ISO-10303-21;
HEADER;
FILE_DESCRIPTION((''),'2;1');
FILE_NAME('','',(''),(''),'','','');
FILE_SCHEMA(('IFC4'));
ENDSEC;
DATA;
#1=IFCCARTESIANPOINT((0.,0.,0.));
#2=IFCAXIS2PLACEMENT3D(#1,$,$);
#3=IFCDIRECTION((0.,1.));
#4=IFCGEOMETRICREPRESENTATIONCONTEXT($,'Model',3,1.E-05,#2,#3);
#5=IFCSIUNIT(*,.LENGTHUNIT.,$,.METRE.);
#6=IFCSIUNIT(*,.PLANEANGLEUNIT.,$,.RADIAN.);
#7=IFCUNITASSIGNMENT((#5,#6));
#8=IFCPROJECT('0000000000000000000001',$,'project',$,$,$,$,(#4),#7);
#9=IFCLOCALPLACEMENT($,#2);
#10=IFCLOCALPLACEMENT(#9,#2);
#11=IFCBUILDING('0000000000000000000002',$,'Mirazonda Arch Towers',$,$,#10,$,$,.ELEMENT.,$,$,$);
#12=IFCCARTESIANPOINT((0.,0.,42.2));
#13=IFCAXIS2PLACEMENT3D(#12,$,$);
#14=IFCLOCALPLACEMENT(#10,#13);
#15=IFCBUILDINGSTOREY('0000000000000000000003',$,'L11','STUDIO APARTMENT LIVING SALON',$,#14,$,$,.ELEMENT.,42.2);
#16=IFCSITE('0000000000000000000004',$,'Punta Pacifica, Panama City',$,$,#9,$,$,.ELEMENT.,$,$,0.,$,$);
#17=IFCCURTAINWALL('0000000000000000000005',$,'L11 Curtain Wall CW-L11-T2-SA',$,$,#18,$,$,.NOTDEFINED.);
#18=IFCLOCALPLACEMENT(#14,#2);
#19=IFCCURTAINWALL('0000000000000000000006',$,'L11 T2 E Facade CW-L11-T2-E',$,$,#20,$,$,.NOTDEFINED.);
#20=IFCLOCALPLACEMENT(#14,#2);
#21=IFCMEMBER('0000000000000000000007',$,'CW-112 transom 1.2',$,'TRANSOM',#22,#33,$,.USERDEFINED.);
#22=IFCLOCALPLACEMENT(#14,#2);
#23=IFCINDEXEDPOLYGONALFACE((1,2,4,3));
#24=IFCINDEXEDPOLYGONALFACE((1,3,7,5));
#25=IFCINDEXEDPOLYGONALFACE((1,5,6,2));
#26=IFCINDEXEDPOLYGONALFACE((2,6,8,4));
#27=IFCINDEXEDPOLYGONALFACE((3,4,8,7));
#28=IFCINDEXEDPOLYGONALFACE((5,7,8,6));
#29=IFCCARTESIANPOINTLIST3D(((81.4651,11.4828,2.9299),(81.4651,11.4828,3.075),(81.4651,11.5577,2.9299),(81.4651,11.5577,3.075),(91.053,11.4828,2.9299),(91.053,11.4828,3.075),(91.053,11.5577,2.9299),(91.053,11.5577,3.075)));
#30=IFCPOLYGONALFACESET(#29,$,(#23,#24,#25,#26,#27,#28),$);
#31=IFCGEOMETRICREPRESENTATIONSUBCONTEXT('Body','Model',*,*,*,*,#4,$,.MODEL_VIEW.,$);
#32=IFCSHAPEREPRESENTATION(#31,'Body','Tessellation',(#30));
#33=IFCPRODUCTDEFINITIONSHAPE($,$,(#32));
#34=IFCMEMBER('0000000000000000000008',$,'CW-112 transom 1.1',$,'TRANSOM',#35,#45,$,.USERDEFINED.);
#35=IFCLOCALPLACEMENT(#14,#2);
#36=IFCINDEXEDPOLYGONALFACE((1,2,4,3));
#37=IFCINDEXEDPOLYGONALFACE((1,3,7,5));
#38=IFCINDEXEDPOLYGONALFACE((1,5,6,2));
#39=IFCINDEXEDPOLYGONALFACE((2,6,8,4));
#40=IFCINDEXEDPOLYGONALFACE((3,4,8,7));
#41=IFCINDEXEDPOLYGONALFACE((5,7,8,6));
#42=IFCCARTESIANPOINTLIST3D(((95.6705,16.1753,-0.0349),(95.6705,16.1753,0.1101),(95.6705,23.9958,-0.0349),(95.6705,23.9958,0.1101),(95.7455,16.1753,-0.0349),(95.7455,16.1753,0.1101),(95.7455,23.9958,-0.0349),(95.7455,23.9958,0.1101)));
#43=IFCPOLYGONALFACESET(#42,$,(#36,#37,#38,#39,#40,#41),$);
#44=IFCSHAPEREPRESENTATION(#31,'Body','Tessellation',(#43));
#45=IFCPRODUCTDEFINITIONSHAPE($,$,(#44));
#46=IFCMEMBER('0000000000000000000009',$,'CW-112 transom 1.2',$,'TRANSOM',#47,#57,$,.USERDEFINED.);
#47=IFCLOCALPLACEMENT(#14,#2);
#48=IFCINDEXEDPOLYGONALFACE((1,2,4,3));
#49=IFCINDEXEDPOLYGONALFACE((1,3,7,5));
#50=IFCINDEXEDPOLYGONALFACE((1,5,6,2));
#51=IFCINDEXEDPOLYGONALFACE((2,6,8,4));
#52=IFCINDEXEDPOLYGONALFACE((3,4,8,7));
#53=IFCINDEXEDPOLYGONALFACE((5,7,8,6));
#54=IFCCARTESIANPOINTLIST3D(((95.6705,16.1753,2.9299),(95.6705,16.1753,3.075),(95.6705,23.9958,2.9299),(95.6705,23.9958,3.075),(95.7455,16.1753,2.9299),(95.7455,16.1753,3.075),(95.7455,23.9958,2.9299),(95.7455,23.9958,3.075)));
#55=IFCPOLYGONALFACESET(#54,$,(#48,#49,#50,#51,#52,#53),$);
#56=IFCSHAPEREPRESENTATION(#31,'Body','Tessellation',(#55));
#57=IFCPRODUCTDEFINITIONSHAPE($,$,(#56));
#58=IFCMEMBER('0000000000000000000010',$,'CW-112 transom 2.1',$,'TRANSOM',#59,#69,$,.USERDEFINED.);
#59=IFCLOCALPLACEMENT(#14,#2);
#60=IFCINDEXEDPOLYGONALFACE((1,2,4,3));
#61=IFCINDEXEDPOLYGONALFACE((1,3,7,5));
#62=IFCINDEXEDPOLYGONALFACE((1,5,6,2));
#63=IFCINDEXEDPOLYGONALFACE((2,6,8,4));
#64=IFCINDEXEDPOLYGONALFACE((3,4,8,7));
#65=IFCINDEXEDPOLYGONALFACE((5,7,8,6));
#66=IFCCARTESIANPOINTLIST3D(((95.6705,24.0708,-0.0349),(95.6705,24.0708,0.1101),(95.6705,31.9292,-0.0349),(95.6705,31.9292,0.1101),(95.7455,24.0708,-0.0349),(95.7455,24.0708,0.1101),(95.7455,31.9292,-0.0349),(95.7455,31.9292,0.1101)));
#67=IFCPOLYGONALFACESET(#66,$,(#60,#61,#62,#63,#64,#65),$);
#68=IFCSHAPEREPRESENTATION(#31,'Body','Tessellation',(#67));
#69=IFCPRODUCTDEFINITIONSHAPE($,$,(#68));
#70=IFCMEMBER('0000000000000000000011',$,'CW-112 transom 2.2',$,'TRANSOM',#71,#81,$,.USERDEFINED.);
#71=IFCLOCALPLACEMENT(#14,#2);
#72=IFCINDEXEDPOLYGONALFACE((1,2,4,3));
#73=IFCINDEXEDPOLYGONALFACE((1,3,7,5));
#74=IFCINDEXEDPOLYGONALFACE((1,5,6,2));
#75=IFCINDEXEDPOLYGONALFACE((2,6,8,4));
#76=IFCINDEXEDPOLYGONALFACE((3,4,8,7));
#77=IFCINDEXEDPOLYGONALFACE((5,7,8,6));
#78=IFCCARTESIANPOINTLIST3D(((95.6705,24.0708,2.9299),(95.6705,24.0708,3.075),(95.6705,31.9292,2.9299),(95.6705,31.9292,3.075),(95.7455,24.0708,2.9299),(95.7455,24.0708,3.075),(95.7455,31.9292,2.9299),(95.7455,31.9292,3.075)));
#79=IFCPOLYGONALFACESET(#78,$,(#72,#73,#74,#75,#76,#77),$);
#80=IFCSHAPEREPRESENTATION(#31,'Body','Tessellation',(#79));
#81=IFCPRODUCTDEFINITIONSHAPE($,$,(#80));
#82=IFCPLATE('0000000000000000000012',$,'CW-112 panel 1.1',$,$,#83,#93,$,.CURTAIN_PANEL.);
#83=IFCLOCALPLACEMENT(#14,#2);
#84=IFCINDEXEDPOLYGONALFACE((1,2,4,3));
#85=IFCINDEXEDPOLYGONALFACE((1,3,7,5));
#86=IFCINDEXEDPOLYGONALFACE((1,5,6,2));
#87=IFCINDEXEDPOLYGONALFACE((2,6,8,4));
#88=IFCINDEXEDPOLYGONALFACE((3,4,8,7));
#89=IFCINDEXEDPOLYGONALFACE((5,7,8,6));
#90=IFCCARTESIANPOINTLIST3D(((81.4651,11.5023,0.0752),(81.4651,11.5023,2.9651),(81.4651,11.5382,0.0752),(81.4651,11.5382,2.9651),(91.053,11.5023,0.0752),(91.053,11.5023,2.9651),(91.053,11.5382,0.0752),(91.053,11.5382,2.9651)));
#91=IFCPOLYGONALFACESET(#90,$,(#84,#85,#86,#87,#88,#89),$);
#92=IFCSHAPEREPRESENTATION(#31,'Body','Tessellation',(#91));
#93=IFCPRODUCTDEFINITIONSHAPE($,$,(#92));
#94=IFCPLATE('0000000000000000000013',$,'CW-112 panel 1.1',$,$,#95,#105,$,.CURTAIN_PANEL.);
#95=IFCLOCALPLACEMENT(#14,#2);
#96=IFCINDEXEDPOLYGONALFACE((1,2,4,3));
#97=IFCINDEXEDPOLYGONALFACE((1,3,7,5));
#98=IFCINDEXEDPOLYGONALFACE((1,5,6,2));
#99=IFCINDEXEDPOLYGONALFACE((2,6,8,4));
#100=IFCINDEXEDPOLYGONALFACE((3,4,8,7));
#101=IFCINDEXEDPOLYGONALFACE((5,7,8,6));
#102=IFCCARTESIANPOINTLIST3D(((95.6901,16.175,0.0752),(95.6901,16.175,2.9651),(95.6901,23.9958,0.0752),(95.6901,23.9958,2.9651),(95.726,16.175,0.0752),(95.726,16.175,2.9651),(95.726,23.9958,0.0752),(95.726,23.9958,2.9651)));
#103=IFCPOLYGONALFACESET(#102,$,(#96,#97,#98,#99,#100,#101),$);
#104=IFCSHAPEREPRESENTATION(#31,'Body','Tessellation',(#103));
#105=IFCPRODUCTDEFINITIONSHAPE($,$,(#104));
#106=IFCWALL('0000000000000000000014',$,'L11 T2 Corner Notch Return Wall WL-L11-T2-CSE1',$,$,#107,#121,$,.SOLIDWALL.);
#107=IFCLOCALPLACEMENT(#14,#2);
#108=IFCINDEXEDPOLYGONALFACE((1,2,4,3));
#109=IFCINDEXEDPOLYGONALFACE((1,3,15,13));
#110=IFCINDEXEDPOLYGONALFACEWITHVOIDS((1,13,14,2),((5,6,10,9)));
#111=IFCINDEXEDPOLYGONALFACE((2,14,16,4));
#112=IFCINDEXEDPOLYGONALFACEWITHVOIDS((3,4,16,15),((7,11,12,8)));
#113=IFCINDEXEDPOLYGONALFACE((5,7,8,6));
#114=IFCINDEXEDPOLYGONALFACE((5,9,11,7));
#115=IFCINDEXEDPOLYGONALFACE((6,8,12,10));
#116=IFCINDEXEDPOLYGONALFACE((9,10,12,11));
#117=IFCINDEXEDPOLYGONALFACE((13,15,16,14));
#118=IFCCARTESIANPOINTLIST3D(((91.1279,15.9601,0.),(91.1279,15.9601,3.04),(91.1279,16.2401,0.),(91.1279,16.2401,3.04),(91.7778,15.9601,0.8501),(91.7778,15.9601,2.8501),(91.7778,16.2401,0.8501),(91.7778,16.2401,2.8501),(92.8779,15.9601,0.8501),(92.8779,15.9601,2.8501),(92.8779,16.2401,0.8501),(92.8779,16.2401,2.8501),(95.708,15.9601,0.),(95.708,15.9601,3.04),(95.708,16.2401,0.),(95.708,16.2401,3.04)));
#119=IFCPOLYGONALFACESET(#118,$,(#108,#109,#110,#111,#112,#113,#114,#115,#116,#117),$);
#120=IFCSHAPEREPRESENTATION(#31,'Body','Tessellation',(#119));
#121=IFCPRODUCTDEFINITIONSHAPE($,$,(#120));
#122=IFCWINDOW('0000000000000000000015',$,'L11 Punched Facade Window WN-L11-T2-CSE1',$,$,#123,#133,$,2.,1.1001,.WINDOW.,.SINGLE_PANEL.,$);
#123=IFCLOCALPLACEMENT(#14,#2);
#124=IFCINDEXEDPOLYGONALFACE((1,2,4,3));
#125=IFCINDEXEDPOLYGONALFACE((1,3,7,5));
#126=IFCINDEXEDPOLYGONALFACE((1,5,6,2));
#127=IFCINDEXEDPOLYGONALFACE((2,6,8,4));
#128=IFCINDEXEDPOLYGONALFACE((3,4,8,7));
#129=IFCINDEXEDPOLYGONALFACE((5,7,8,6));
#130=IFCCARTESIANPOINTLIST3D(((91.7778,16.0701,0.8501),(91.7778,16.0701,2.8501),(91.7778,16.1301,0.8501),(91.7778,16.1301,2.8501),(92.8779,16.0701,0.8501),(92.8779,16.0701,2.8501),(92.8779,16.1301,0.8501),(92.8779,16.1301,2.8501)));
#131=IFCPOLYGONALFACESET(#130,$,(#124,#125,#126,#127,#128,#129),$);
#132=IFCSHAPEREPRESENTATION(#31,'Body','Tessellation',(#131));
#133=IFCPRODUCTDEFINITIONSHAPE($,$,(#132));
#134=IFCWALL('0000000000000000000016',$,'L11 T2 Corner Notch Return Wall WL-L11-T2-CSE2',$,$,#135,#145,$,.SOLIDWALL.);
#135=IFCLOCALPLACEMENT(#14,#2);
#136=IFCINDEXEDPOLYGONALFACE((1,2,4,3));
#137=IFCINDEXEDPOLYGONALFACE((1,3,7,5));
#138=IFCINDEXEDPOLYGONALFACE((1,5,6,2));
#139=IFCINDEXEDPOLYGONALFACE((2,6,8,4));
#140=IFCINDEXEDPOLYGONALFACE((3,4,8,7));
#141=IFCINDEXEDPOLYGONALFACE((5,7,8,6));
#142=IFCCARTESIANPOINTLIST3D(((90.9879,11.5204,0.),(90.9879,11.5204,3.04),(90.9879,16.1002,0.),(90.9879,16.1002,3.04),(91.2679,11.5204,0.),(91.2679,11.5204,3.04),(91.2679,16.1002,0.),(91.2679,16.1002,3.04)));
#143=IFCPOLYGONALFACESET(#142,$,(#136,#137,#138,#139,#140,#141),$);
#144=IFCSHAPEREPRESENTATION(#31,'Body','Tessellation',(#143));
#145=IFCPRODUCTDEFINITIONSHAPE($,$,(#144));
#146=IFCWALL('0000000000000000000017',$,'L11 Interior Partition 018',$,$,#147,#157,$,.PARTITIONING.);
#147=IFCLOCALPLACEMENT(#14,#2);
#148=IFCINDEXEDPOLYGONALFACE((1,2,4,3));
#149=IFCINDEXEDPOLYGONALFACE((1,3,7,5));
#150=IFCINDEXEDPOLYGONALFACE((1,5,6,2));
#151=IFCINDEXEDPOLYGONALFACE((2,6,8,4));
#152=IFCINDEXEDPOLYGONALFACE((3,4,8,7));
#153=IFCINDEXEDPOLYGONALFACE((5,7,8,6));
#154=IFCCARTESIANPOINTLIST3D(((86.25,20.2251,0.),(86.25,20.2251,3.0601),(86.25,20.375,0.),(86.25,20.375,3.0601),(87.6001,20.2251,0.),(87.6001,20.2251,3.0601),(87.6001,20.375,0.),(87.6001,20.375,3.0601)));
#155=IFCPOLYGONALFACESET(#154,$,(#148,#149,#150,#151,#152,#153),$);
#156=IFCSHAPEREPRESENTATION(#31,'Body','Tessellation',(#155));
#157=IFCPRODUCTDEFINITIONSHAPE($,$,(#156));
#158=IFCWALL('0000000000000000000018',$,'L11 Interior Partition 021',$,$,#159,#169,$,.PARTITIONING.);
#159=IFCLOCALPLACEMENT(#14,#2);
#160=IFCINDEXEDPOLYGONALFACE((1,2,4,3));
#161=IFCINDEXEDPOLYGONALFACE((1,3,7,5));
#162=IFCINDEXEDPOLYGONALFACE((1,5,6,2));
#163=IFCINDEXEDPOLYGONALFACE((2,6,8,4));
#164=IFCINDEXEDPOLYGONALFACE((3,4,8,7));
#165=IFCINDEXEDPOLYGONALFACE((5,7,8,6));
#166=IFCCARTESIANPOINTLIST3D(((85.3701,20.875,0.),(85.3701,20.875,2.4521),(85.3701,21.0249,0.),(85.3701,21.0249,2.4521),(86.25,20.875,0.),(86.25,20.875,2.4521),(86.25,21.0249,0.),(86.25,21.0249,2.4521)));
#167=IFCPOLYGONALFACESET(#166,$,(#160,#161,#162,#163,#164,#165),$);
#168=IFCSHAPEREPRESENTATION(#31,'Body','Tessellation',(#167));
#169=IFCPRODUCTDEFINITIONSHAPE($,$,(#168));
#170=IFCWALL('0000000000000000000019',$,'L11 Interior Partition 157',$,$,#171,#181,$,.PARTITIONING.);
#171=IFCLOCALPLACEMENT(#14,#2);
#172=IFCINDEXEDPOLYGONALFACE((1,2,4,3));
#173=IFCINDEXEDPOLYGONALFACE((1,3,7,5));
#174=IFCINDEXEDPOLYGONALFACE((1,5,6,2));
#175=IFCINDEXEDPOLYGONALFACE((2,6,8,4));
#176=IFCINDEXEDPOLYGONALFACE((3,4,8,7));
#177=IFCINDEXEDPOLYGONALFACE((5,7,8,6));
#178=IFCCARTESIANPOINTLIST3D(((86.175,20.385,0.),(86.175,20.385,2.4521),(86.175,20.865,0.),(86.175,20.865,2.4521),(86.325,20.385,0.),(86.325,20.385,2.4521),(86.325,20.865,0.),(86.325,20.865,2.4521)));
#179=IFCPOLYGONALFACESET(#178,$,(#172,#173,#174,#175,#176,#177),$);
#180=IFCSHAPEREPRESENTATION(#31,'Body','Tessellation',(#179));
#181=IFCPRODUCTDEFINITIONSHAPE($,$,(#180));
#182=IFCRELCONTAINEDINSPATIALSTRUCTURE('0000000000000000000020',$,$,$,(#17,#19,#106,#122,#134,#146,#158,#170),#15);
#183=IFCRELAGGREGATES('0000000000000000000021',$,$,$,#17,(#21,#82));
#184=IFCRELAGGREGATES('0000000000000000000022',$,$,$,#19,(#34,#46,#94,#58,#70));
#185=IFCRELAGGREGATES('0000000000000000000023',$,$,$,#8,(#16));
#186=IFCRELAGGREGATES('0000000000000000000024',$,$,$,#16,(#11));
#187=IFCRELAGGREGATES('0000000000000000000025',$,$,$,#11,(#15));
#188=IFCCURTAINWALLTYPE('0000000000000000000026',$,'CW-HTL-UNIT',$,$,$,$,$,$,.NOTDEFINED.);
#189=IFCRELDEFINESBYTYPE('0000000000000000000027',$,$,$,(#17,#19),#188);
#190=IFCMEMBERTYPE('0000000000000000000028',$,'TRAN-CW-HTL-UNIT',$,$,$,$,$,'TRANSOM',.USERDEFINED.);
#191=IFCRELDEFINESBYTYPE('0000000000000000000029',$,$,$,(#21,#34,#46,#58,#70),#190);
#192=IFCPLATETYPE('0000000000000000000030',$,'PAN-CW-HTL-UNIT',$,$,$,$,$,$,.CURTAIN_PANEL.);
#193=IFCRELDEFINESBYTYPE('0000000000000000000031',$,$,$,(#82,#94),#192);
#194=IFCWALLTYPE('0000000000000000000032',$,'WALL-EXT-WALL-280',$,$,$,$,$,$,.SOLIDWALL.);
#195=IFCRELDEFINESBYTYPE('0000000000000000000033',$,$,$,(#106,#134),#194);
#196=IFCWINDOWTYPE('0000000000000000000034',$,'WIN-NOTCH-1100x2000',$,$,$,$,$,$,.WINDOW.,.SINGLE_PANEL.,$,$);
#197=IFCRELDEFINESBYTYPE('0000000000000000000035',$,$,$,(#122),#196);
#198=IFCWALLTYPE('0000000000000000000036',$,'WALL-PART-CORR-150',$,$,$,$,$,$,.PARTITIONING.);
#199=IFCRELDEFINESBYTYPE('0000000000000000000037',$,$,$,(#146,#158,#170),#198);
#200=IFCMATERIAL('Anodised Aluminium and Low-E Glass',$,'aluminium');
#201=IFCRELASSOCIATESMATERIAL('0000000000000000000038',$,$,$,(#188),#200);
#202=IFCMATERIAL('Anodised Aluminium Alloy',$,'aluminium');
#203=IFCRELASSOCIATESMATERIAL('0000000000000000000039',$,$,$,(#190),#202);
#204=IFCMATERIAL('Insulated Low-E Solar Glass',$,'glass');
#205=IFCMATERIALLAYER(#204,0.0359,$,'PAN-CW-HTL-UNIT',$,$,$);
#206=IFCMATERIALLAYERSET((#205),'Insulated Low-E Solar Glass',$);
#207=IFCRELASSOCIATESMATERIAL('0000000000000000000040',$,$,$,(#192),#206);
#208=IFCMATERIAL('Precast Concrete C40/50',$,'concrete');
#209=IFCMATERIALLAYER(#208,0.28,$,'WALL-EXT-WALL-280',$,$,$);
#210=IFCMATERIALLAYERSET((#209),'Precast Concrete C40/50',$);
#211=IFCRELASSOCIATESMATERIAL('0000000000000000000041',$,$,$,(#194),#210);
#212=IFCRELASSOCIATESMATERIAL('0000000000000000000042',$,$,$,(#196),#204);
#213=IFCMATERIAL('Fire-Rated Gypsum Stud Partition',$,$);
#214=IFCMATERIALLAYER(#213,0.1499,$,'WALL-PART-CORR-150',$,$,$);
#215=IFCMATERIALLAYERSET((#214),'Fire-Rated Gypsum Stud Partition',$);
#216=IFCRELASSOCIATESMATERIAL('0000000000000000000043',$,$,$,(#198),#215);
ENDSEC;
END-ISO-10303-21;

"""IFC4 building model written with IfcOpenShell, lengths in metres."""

from ifc_helpers import new_model, si_unit, direction, frame, frame_2d, origin, origin_2d, place, context, subcontext, project, spatial, rectangle, extrude, material, layer, layer_set, material_profile, profile_set, type_object, element, fill, aggregate, save


model = new_model("IFC4")

# Units and contexts
model_context = context("Model", 3, precision=1e-05, world=origin(), true_north=direction((0.0, 1.0)))
body_context = subcontext(model_context, "Body", "Model", "MODEL_VIEW")
ifc_project = project(units=[si_unit("LENGTHUNIT", "METRE"), si_unit("PLANEANGLEUNIT", "RADIAN")], contexts=[model_context])

# Site, building, storey
site_placement = place(None, origin())
site = spatial("IfcSite", under=ifc_project, at=site_placement, Name="Punta Pacifica, Panama City", CompositionType="ELEMENT", RefElevation=0.0)
building_placement = place(site_placement, origin())
building = spatial("IfcBuilding", under=site, at=building_placement, Name="Mirazonda Arch Towers", CompositionType="ELEMENT")
storey_placement = place(building_placement, frame((0.0, 0.0, 42.2)))
storey = spatial("IfcBuildingStorey", under=building, at=storey_placement, Name="L11", Description="STUDIO APARTMENT LIVING SALON", CompositionType="ELEMENT", Elevation=42.2)

# Curtain wall
ifc_material_1 = material(Name="Anodised Aluminium and Low-E Glass", Category="aluminium")
curtain_wall_type = type_object("IfcCurtainWallType", Name="CW-HTL-UNIT", PredefinedType="NOTDEFINED", material=ifc_material_1)
curtain_wall_1_placement = place(storey_placement, origin())
curtain_wall_1 = element("IfcCurtainWall", 1, at=curtain_wall_1_placement, inside=storey, type_object=curtain_wall_type, Name="L11 Curtain Wall CW-L11-T2-SA", PredefinedType="NOTDEFINED")
ifc_material_2 = material(Name="Anodised Aluminium Alloy", Category="aluminium")

# Curtain wall
curtain_wall_2_placement = place(storey_placement, origin())
curtain_wall_2 = element("IfcCurtainWall", 2, at=curtain_wall_2_placement, inside=storey, type_object=curtain_wall_type, Name="L11 T2 E Facade CW-L11-T2-E", PredefinedType="NOTDEFINED")

# Members
ifc_material_profile_1 = material_profile(ifc_material_2, rectangle(XDim=0.075, YDim=0.145, at=origin_2d()), Name="ALU-TRAN-75x145")
ifc_profile_set_1 = profile_set([ifc_material_profile_1], Name="Anodised Aluminium Alloy")
member_type_1 = type_object("IfcMemberType", Name="TRAN-CW-HTL-UNIT", ElementType="TRANSOM", PredefinedType="USERDEFINED", material=ifc_profile_set_1)
member_1_placement = place(storey_placement, frame((91.053, 11.5203, 3.0024), z_axis=(-1.0, 0.0, 0.0), x_axis=(0.0, -1.0, 0.0)))
member_1 = element("IfcMember", 3, at=member_1_placement, type_object=member_type_1, Name="CW-112 transom 1.2", ObjectType="TRANSOM", PredefinedType="USERDEFINED", context=body_context, shape_type="SweptSolid", body=[
    extrude(rectangle(XDim=0.075, YDim=0.145, at=origin_2d()), origin(), (0.0, 0.0, 1.0), 9.5879),
])
member_2_placement = place(storey_placement, frame((95.708, 16.1753, 0.0376), z_axis=(0.0, 1.0, 0.0), x_axis=(-1.0, 0.0, 0.0)))
member_2 = element("IfcMember", 4, at=member_2_placement, type_object=member_type_1, Name="CW-112 transom 1.1", ObjectType="TRANSOM", PredefinedType="USERDEFINED", context=body_context, shape_type="SweptSolid", body=[
    extrude(rectangle(XDim=0.075, YDim=0.145, at=origin_2d()), origin(), (0.0, 0.0, 1.0), 7.8206),
])
member_3_placement = place(storey_placement, frame((95.708, 16.1753, 3.0024), z_axis=(0.0, 1.0, 0.0), x_axis=(-1.0, 0.0, 0.0)))
member_3 = element("IfcMember", 5, at=member_3_placement, type_object=member_type_1, Name="CW-112 transom 1.2", ObjectType="TRANSOM", PredefinedType="USERDEFINED", context=body_context, shape_type="SweptSolid", body=[
    extrude(rectangle(XDim=0.075, YDim=0.145, at=origin_2d()), origin(), (0.0, 0.0, 1.0), 7.8206),
])
member_4_placement = place(storey_placement, frame((95.708, 24.0708, 0.0376), z_axis=(0.0, 1.0, 0.0), x_axis=(-1.0, 0.0, 0.0)))
member_4 = element("IfcMember", 6, at=member_4_placement, type_object=member_type_1, Name="CW-112 transom 2.1", ObjectType="TRANSOM", PredefinedType="USERDEFINED", context=body_context, shape_type="SweptSolid", body=[
    extrude(rectangle(XDim=0.075, YDim=0.145, at=origin_2d()), origin(), (0.0, 0.0, 1.0), 7.8584),
])
member_5_placement = place(storey_placement, frame((95.708, 24.0708, 3.0024), z_axis=(0.0, 1.0, 0.0), x_axis=(-1.0, 0.0, 0.0)))
member_5 = element("IfcMember", 7, at=member_5_placement, type_object=member_type_1, Name="CW-112 transom 2.2", ObjectType="TRANSOM", PredefinedType="USERDEFINED", context=body_context, shape_type="SweptSolid", body=[
    extrude(rectangle(XDim=0.075, YDim=0.145, at=origin_2d()), origin(), (0.0, 0.0, 1.0), 7.8584),
])

# Plates
ifc_material_3 = material(Name="Insulated Low-E Solar Glass", Category="glass")
ifc_layer_1 = layer(ifc_material_3, 0.0359, Name="PAN-CW-HTL-UNIT")
ifc_layer_set_1 = layer_set([ifc_layer_1], Name="Insulated Low-E Solar Glass")
plate_type = type_object("IfcPlateType", Name="PAN-CW-HTL-UNIT", PredefinedType="CURTAIN_PANEL", material=ifc_layer_set_1)
plate_1_placement = place(storey_placement, frame((86.259, 11.5203, 0.0752), z_axis=(0.0, 0.0, 1.0), x_axis=(-1.0, 0.0, 0.0)))
plate_1 = element("IfcPlate", 8, at=plate_1_placement, type_object=plate_type, Name="CW-112 panel 1.1", PredefinedType="CURTAIN_PANEL", context=body_context, shape_type="SweptSolid", body=[
    extrude(rectangle(XDim=9.5879, YDim=0.0359, at=origin_2d()), origin(), (0.0, 0.0, 1.0), 2.8899),
])
aggregate(curtain_wall_1, [member_1, plate_1])
plate_2_placement = place(storey_placement, frame((95.708, 20.0854, 0.0752), z_axis=(0.0, 0.0, 1.0), x_axis=(0.0, 1.0, 0.0)))
plate_2 = element("IfcPlate", 9, at=plate_2_placement, type_object=plate_type, Name="CW-112 panel 1.1", PredefinedType="CURTAIN_PANEL", context=body_context, shape_type="SweptSolid", body=[
    extrude(rectangle(XDim=7.8208, YDim=0.0359, at=origin_2d()), origin(), (0.0, 0.0, 1.0), 2.8899),
])
aggregate(curtain_wall_2, [member_2, member_3, plate_2, member_4, member_5])

# Wall, opening, window
ifc_material_4 = material(Name="Precast Concrete C40/50", Category="concrete")
ifc_layer_2 = layer(ifc_material_4, 0.28, Name="WALL-EXT-WALL-280")
ifc_layer_set_2 = layer_set([ifc_layer_2], Name="Precast Concrete C40/50")
wall_type_1 = type_object("IfcWallType", Name="WALL-EXT-WALL-280", PredefinedType="SOLIDWALL", material=ifc_layer_set_2)
wall_1_placement = place(storey_placement, frame((91.1279, 16.1001, 0.0), z_axis=(0.0, 0.0, 1.0), x_axis=(1.0, 0.0, 0.0)))
wall_1 = element("IfcWall", 10, at=wall_1_placement, inside=storey, type_object=wall_type_1, Name="L11 T2 Corner Notch Return Wall WL-L11-T2-CSE1", PredefinedType="SOLIDWALL", context=body_context, shape_type="SweptSolid", body=[
    extrude(rectangle(XDim=4.5801, YDim=0.28, at=frame_2d((2.29, 0.0))), origin(), (0.0, 0.0, 1.0), 3.04),
])
opening_1_placement = place(wall_1_placement, frame((0.6499, 0.0, 0.8501)))
opening_1 = element("IfcOpeningElement", 11, at=opening_1_placement, cuts=wall_1, PredefinedType="OPENING", context=body_context, shape_type="SweptSolid", body=[
    extrude(rectangle(XDim=1.1001, YDim=2.0, at=frame_2d((0.55, 1.0))), frame((0.0, 0.1499, 0.0), z_axis=(0.0, -1.0, 0.0), x_axis=(1.0, 0.0, 0.0)), (0.0, 0.0, 1.0), 0.3),
])
window_type = type_object("IfcWindowType", Name="WIN-NOTCH-1100x2000", PartitioningType="SINGLE_PANEL", PredefinedType="WINDOW", material=ifc_material_3)
window_placement = place(opening_1_placement, origin())
window = element("IfcWindow", 12, at=window_placement, inside=storey, type_object=window_type, Name="L11 Punched Facade Window WN-L11-T2-CSE1", OverallHeight=2.0, OverallWidth=1.1001, PartitioningType="SINGLE_PANEL", PredefinedType="WINDOW", context=body_context, shape_type="SweptSolid", body=[
    extrude(rectangle(XDim=1.1001, YDim=2.0, at=frame_2d((0.55, 1.0))), frame((0.0, 0.03, 0.0), z_axis=(0.0, -1.0, 0.0), x_axis=(1.0, 0.0, 0.0)), (0.0, 0.0, 1.0), 0.0601),
])
fill(opening_1, window)

# Walls
wall_2_placement = place(storey_placement, frame((91.1279, 11.5203, 0.0), z_axis=(0.0, 0.0, 1.0), x_axis=(0.0, 1.0, 0.0)))
element("IfcWall", 13, at=wall_2_placement, inside=storey, type_object=wall_type_1, Name="L11 T2 Corner Notch Return Wall WL-L11-T2-CSE2", PredefinedType="SOLIDWALL", context=body_context, shape_type="SweptSolid", body=[
    extrude(rectangle(XDim=4.5798, YDim=0.28, at=frame_2d((2.29, 0.0))), origin(), (0.0, 0.0, 1.0), 3.04),
])
ifc_material_5 = material(Name="Fire-Rated Gypsum Stud Partition")
ifc_layer_3 = layer(ifc_material_5, 0.1499, Name="WALL-PART-CORR-150")
ifc_layer_set_3 = layer_set([ifc_layer_3], Name="Fire-Rated Gypsum Stud Partition")
wall_type_2 = type_object("IfcWallType", Name="WALL-PART-CORR-150", PredefinedType="PARTITIONING", material=ifc_layer_set_3)
wall_3_placement = place(storey_placement, frame((86.25, 20.3, 0.0), z_axis=(0.0, 0.0, 1.0), x_axis=(1.0, 0.0, 0.0)))
element("IfcWall", 14, at=wall_3_placement, inside=storey, type_object=wall_type_2, Name="L11 Interior Partition 018", PredefinedType="PARTITIONING", context=body_context, shape_type="SweptSolid", body=[
    extrude(rectangle(XDim=1.3501, YDim=0.1499, at=frame_2d((0.675, 0.0))), origin(), (0.0, 0.0, 1.0), 3.0601),
])
wall_4_placement = place(storey_placement, frame((85.3701, 20.95, 0.0), z_axis=(0.0, 0.0, 1.0), x_axis=(1.0, 0.0, 0.0)))
element("IfcWall", 15, at=wall_4_placement, inside=storey, type_object=wall_type_2, Name="L11 Interior Partition 021", PredefinedType="PARTITIONING", context=body_context, shape_type="SweptSolid", body=[
    extrude(rectangle(XDim=0.8799, YDim=0.1499, at=frame_2d((0.4399, 0.0))), origin(), (0.0, 0.0, 1.0), 2.4521),
])
wall_5_placement = place(storey_placement, frame((86.25, 20.385, 0.0), z_axis=(0.0, 0.0, 1.0), x_axis=(0.0, 1.0, 0.0)))
element("IfcWall", 16, at=wall_5_placement, inside=storey, type_object=wall_type_2, Name="L11 Interior Partition 157", PredefinedType="PARTITIONING", context=body_context, shape_type="SweptSolid", body=[
    extrude(rectangle(XDim=0.48, YDim=0.1499, at=frame_2d((0.24, 0.0))), origin(), (0.0, 0.0, 1.0), 2.4521),
])

save(model, "model.ifc")
